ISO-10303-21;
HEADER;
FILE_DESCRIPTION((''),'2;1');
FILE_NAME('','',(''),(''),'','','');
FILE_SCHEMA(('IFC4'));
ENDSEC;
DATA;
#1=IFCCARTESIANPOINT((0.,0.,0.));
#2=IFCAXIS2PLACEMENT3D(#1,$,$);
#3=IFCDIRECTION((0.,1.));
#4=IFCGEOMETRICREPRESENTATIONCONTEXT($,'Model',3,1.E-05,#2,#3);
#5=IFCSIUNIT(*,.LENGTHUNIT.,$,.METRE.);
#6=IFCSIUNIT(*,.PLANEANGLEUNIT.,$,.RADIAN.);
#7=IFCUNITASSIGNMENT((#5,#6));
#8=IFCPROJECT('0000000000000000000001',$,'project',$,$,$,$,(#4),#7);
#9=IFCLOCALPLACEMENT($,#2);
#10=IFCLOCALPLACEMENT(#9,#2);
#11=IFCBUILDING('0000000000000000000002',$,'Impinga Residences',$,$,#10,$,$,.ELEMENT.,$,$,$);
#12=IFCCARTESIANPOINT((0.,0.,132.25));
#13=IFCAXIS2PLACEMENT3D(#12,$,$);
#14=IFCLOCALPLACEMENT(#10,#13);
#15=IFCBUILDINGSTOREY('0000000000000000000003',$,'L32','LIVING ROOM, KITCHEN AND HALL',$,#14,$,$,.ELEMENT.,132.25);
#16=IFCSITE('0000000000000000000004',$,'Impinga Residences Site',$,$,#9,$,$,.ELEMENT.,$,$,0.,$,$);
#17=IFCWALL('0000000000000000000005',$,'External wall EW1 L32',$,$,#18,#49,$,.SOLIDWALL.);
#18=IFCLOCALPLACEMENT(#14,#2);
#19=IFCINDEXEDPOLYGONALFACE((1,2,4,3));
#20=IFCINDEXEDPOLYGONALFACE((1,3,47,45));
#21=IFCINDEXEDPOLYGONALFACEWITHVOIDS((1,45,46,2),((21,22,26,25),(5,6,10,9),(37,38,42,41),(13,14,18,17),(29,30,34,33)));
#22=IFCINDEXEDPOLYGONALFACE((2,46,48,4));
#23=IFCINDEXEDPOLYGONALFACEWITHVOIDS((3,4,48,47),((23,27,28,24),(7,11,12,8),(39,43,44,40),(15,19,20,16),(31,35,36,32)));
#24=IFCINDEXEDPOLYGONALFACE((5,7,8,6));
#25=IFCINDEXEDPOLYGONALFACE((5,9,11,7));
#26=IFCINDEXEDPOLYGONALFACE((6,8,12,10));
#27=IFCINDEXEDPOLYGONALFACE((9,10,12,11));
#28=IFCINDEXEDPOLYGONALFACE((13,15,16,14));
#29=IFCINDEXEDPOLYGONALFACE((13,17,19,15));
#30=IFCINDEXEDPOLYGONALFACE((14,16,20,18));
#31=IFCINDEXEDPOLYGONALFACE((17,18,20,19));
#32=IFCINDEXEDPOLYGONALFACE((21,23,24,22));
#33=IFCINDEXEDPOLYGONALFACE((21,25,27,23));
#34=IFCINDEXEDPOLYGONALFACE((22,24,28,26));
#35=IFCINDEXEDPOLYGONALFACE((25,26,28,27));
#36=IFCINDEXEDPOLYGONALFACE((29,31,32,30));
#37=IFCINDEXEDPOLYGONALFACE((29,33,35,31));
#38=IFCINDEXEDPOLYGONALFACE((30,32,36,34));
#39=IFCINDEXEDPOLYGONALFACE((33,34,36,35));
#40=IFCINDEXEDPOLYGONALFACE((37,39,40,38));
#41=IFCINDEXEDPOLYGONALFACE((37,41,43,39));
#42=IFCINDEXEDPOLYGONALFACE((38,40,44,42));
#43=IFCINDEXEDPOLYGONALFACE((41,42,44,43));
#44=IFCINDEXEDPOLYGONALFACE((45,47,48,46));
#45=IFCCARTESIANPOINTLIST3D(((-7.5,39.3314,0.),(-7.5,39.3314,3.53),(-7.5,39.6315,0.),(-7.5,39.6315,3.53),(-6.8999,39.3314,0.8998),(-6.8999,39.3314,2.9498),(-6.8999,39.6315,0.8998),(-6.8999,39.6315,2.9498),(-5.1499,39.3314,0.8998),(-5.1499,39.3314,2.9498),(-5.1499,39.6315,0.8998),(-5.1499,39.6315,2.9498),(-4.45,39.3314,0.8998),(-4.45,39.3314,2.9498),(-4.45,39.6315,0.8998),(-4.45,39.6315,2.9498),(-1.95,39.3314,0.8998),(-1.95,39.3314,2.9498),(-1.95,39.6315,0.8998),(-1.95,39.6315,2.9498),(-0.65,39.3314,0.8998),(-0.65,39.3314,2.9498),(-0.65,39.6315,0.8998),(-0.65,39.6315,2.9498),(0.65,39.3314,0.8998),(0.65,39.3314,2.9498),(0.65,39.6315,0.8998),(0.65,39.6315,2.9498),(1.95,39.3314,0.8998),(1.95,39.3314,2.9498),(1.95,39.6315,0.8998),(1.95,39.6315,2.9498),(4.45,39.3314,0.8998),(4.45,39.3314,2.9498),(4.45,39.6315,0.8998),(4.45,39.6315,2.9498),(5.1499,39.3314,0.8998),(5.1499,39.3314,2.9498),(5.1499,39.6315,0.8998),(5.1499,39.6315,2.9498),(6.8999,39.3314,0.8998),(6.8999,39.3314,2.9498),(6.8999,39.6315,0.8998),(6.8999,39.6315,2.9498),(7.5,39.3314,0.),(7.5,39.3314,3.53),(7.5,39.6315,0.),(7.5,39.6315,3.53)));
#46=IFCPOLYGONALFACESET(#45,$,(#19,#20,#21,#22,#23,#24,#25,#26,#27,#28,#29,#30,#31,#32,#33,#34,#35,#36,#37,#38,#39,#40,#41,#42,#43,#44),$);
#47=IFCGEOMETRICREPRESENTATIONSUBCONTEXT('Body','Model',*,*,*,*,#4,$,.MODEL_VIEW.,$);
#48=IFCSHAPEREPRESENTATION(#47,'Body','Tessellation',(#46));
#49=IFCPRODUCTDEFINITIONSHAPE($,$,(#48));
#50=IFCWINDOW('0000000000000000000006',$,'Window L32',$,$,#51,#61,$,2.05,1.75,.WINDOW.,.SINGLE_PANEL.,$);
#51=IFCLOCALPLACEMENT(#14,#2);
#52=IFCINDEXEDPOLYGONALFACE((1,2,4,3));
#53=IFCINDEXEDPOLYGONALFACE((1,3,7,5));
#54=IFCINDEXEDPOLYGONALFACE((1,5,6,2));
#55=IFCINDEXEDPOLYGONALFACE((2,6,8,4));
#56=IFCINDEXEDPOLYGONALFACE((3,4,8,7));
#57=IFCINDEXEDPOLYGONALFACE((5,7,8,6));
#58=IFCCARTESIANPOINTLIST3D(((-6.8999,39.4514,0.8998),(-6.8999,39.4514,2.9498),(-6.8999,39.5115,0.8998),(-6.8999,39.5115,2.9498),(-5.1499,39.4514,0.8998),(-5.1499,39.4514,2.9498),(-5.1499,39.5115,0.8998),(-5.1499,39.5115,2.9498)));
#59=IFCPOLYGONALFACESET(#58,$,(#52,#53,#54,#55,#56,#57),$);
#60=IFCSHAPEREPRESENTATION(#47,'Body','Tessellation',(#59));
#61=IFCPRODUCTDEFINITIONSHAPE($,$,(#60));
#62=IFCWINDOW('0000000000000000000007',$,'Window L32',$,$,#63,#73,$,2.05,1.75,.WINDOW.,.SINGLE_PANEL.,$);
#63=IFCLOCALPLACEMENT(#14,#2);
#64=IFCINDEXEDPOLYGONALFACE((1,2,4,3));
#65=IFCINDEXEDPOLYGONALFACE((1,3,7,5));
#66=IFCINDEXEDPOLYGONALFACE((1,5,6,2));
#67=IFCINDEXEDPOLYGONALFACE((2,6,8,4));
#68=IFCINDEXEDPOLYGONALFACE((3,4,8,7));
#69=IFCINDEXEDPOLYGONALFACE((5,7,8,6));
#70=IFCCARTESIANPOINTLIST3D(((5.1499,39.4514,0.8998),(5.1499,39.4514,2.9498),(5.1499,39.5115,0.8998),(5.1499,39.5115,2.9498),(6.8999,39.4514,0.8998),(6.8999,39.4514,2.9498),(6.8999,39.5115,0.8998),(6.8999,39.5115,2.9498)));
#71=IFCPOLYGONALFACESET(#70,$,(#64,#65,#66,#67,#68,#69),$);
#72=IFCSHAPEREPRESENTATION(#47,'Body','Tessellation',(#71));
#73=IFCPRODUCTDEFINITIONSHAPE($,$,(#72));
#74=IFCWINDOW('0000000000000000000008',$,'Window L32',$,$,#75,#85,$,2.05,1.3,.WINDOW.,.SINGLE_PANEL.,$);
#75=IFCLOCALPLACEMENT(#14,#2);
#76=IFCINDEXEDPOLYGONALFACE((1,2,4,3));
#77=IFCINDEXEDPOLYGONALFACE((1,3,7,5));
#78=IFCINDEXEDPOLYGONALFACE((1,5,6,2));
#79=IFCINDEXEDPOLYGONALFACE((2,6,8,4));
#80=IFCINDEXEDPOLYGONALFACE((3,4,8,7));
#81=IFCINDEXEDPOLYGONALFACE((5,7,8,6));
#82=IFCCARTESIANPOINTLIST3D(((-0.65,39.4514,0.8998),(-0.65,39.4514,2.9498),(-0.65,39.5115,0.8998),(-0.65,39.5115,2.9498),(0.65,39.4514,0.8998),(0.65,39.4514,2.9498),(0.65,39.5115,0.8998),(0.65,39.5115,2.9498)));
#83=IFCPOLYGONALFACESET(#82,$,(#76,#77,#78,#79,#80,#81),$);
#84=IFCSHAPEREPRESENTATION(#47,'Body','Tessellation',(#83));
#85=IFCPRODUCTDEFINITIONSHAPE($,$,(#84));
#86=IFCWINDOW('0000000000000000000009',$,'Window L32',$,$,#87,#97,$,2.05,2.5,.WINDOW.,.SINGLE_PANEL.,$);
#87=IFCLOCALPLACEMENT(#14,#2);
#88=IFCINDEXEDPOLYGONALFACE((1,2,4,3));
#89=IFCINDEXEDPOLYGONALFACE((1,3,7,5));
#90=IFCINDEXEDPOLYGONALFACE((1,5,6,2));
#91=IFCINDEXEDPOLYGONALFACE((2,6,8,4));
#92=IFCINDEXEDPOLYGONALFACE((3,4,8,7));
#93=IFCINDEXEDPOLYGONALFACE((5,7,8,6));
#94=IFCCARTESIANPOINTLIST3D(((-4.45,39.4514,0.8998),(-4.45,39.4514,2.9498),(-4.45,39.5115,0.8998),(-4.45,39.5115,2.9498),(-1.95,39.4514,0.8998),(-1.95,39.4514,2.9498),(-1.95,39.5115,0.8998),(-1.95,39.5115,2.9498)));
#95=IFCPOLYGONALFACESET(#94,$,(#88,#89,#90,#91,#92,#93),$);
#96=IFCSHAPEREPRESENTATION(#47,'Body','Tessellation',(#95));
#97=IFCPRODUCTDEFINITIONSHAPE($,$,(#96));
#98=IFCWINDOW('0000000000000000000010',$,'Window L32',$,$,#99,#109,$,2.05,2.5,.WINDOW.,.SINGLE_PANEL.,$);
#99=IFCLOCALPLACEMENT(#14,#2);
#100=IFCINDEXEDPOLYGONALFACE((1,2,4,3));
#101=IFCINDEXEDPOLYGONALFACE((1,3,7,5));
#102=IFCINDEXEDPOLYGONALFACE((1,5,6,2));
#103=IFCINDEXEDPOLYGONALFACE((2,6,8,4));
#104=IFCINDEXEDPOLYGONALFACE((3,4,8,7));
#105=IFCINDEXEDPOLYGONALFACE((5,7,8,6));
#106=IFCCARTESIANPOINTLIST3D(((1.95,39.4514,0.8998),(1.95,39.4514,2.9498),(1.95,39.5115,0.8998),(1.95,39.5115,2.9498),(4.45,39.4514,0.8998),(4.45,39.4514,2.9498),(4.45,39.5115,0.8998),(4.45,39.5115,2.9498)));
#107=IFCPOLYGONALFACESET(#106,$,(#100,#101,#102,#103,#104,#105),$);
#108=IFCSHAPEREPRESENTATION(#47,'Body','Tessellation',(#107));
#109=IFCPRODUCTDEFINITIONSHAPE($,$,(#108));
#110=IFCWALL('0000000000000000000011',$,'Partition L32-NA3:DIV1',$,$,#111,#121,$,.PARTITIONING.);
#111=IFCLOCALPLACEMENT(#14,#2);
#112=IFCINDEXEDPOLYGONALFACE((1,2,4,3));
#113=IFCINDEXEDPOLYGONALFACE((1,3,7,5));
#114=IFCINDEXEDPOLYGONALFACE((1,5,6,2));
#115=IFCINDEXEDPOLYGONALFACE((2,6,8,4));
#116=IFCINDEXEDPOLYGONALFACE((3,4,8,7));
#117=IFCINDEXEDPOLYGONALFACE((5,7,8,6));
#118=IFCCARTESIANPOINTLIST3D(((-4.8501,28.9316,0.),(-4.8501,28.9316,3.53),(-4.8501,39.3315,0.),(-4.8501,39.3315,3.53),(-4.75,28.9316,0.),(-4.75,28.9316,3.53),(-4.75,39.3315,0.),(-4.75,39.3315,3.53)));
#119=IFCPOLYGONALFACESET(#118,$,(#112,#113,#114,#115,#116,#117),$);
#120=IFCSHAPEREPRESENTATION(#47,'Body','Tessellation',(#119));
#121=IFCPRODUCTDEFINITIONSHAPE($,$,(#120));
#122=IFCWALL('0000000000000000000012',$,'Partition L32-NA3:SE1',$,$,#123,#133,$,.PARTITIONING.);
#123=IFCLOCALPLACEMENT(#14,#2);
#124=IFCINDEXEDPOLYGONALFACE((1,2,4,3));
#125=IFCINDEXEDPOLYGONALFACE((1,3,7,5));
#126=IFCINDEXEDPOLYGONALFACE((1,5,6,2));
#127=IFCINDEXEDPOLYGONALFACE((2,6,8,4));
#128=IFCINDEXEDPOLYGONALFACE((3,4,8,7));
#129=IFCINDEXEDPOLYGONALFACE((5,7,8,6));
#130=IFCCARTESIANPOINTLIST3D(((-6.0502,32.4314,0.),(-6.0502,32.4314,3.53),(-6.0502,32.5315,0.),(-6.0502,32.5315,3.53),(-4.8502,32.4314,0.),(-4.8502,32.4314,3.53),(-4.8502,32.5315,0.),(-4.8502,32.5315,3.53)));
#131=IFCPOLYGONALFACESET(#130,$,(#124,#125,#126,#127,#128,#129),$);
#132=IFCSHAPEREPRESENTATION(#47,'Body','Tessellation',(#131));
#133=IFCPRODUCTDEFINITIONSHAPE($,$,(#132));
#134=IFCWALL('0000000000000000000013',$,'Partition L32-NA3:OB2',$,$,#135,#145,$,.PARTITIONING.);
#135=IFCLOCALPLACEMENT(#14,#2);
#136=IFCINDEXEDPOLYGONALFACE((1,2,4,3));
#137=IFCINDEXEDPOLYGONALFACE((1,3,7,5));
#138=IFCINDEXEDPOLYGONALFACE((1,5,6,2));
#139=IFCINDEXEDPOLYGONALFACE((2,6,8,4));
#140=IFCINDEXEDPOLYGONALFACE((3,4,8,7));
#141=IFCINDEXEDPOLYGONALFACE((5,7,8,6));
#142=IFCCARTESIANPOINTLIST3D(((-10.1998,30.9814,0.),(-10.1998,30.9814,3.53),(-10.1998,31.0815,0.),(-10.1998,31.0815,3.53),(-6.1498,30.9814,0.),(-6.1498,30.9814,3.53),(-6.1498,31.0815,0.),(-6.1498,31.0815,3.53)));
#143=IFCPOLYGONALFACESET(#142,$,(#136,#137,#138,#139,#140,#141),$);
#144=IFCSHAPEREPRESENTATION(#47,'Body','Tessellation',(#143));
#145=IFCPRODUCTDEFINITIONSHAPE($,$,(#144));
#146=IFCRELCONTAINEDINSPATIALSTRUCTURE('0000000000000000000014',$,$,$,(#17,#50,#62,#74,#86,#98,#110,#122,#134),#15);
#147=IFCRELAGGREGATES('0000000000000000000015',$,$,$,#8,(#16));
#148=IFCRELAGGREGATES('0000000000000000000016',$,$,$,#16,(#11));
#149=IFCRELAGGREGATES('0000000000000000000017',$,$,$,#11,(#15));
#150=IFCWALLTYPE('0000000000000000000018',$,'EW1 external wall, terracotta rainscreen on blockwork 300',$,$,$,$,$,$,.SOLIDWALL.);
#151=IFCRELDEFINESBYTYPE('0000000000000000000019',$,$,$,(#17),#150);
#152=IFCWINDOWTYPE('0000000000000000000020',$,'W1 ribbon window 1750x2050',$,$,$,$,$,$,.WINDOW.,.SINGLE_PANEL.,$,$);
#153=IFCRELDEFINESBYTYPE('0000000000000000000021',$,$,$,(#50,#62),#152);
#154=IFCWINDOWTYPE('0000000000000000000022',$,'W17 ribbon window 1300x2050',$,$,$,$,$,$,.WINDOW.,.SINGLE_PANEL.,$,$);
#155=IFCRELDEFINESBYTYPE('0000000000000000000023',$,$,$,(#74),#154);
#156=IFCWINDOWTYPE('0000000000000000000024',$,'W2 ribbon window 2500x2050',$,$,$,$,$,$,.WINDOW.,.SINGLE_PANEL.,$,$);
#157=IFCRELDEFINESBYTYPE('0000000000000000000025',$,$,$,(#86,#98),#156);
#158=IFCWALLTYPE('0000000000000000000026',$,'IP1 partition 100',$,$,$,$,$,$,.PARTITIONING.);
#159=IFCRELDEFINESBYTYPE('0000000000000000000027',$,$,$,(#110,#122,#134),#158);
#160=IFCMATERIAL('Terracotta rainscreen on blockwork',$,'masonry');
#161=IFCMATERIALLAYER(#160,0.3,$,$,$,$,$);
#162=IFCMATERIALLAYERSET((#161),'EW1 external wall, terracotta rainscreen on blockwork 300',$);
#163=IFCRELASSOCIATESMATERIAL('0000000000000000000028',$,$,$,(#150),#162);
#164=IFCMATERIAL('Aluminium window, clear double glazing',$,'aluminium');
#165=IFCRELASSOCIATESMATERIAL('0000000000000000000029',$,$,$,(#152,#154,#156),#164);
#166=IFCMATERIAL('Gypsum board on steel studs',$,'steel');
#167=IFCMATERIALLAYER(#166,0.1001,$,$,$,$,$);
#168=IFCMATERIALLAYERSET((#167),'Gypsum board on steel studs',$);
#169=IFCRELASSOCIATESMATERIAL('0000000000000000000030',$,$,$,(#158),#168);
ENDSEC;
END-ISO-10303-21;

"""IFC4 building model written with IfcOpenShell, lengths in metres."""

from ifc_helpers import new_model, si_unit, direction, frame, frame_2d, origin, place, context, subcontext, project, spatial, rectangle, extrude, material, layer, layer_set, type_object, element, fill, save


model = new_model("IFC4")

# Units and contexts
model_context = context("Model", 3, precision=1e-05, world=origin(), true_north=direction((0.0, 1.0)))
body_context = subcontext(model_context, "Body", "Model", "MODEL_VIEW")
ifc_project = project(units=[si_unit("LENGTHUNIT", "METRE"), si_unit("PLANEANGLEUNIT", "RADIAN")], contexts=[model_context])

# Site, building, storey
site_placement = place(None, origin())
site = spatial("IfcSite", under=ifc_project, at=site_placement, Name="Impinga Residences Site", CompositionType="ELEMENT", RefElevation=0.0)
building_placement = place(site_placement, origin())
building = spatial("IfcBuilding", under=site, at=building_placement, Name="Impinga Residences", CompositionType="ELEMENT")
storey_placement = place(building_placement, frame((0.0, 0.0, 132.25)))
storey = spatial("IfcBuildingStorey", under=building, at=storey_placement, Name="L32", Description="LIVING ROOM, KITCHEN AND HALL", CompositionType="ELEMENT", Elevation=132.25)

# Shared definitions
ifc_material_1 = material(Name="Terracotta rainscreen on blockwork", Category="masonry")
ifc_layer_1 = layer(ifc_material_1, 0.3)
ifc_layer_set_1 = layer_set([ifc_layer_1], Name="EW1 external wall, terracotta rainscreen on blockwork 300")
wall_type_1 = type_object("IfcWallType", Name="EW1 external wall, terracotta rainscreen on blockwork 300", PredefinedType="SOLIDWALL", material=ifc_layer_set_1)

# Wall, openings, windows
wall_1_placement = place(storey_placement, frame((-7.5, 39.4814, 0.0), z_axis=(0.0, 0.0, 1.0), x_axis=(1.0, 0.0, 0.0)))
wall_1 = element("IfcWall", 1, at=wall_1_placement, inside=storey, type_object=wall_type_1, Name="External wall EW1 L32", PredefinedType="SOLIDWALL", context=body_context, shape_type="SweptSolid", body=[
    extrude(rectangle(XDim=15.0, YDim=0.3, at=frame_2d((7.5, 0.0))), origin(), (0.0, 0.0, 1.0), 3.53),
])
opening_1_placement = place(wall_1_placement, frame((0.6001, 0.0, 0.8999)))
opening_1 = element("IfcOpeningElement", 2, at=opening_1_placement, cuts=wall_1, PredefinedType="OPENING", context=body_context, shape_type="SweptSolid", body=[
    extrude(rectangle(XDim=1.75, YDim=2.05, at=frame_2d((0.875, 1.0249))), frame((0.0, 0.1599, 0.0), z_axis=(0.0, -1.0, 0.0), x_axis=(1.0, 0.0, 0.0)), (0.0, 0.0, 1.0), 0.3201),
])
opening_2_placement = place(wall_1_placement, frame((3.05, 0.0, 0.8999)))
opening_2 = element("IfcOpeningElement", 3, at=opening_2_placement, cuts=wall_1, PredefinedType="OPENING", context=body_context, shape_type="SweptSolid", body=[
    extrude(rectangle(XDim=2.5, YDim=2.05, at=frame_2d((1.25, 1.0249))), frame((0.0, 0.1599, 0.0), z_axis=(0.0, -1.0, 0.0), x_axis=(1.0, 0.0, 0.0)), (0.0, 0.0, 1.0), 0.3201),
])
opening_3_placement = place(wall_1_placement, frame((6.8501, 0.0, 0.8999)))
opening_3 = element("IfcOpeningElement", 4, at=opening_3_placement, cuts=wall_1, PredefinedType="OPENING", context=body_context, shape_type="SweptSolid", body=[
    extrude(rectangle(XDim=1.3, YDim=2.05, at=frame_2d((0.6499, 1.0249))), frame((0.0, 0.1599, 0.0), z_axis=(0.0, -1.0, 0.0), x_axis=(1.0, 0.0, 0.0)), (0.0, 0.0, 1.0), 0.3201),
])
opening_4_placement = place(wall_1_placement, frame((9.45, 0.0, 0.8999)))
opening_4 = element("IfcOpeningElement", 5, at=opening_4_placement, cuts=wall_1, PredefinedType="OPENING", context=body_context, shape_type="SweptSolid", body=[
    extrude(rectangle(XDim=2.5, YDim=2.05, at=frame_2d((1.25, 1.0249))), frame((0.0, 0.1599, 0.0), z_axis=(0.0, -1.0, 0.0), x_axis=(1.0, 0.0, 0.0)), (0.0, 0.0, 1.0), 0.3201),
])
opening_5_placement = place(wall_1_placement, frame((12.6499, 0.0, 0.8999)))
opening_5 = element("IfcOpeningElement", 6, at=opening_5_placement, cuts=wall_1, PredefinedType="OPENING", context=body_context, shape_type="SweptSolid", body=[
    extrude(rectangle(XDim=1.75, YDim=2.05, at=frame_2d((0.875, 1.0249))), frame((0.0, 0.1599, 0.0), z_axis=(0.0, -1.0, 0.0), x_axis=(1.0, 0.0, 0.0)), (0.0, 0.0, 1.0), 0.3201),
])
ifc_material_2 = material(Name="Aluminium window, clear double glazing", Category="aluminium")
window_type_1 = type_object("IfcWindowType", Name="W1 ribbon window 1750x2050", PartitioningType="SINGLE_PANEL", PredefinedType="WINDOW", material=ifc_material_2)
window_1_placement = place(opening_1_placement, origin())
window_1 = element("IfcWindow", 7, at=window_1_placement, inside=storey, type_object=window_type_1, Name="Window L32", OverallHeight=2.05, OverallWidth=1.75, PartitioningType="SINGLE_PANEL", PredefinedType="WINDOW", context=body_context, shape_type="SweptSolid", body=[
    extrude(rectangle(XDim=1.75, YDim=2.05, at=frame_2d((0.875, 1.0249))), frame((0.0, 0.03, 0.0), z_axis=(0.0, -1.0, 0.0), x_axis=(1.0, 0.0, 0.0)), (0.0, 0.0, 1.0), 0.0601),
])
fill(opening_1, window_1)
window_2_placement = place(opening_5_placement, origin())
window_2 = element("IfcWindow", 8, at=window_2_placement, inside=storey, type_object=window_type_1, Name="Window L32", OverallHeight=2.05, OverallWidth=1.75, PartitioningType="SINGLE_PANEL", PredefinedType="WINDOW", context=body_context, shape_type="SweptSolid", body=[
    extrude(rectangle(XDim=1.75, YDim=2.05, at=frame_2d((0.875, 1.0249))), frame((0.0, 0.03, 0.0), z_axis=(0.0, -1.0, 0.0), x_axis=(1.0, 0.0, 0.0)), (0.0, 0.0, 1.0), 0.0601),
])
fill(opening_5, window_2)
window_type_2 = type_object("IfcWindowType", Name="W17 ribbon window 1300x2050", PartitioningType="SINGLE_PANEL", PredefinedType="WINDOW", material=ifc_material_2)
window_3_placement = place(opening_3_placement, origin())
window_3 = element("IfcWindow", 9, at=window_3_placement, inside=storey, type_object=window_type_2, Name="Window L32", OverallHeight=2.05, OverallWidth=1.3, PartitioningType="SINGLE_PANEL", PredefinedType="WINDOW", context=body_context, shape_type="SweptSolid", body=[
    extrude(rectangle(XDim=1.3, YDim=2.05, at=frame_2d((0.6499, 1.0249))), frame((0.0, 0.03, 0.0), z_axis=(0.0, -1.0, 0.0), x_axis=(1.0, 0.0, 0.0)), (0.0, 0.0, 1.0), 0.0601),
])
fill(opening_3, window_3)
window_type_3 = type_object("IfcWindowType", Name="W2 ribbon window 2500x2050", PartitioningType="SINGLE_PANEL", PredefinedType="WINDOW", material=ifc_material_2)
window_4_placement = place(opening_2_placement, origin())
window_4 = element("IfcWindow", 10, at=window_4_placement, inside=storey, type_object=window_type_3, Name="Window L32", OverallHeight=2.05, OverallWidth=2.5, PartitioningType="SINGLE_PANEL", PredefinedType="WINDOW", context=body_context, shape_type="SweptSolid", body=[
    extrude(rectangle(XDim=2.5, YDim=2.05, at=frame_2d((1.25, 1.0249))), frame((0.0, 0.03, 0.0), z_axis=(0.0, -1.0, 0.0), x_axis=(1.0, 0.0, 0.0)), (0.0, 0.0, 1.0), 0.0601),
])
fill(opening_2, window_4)
window_5_placement = place(opening_4_placement, origin())
window_5 = element("IfcWindow", 11, at=window_5_placement, inside=storey, type_object=window_type_3, Name="Window L32", OverallHeight=2.05, OverallWidth=2.5, PartitioningType="SINGLE_PANEL", PredefinedType="WINDOW", context=body_context, shape_type="SweptSolid", body=[
    extrude(rectangle(XDim=2.5, YDim=2.05, at=frame_2d((1.25, 1.0249))), frame((0.0, 0.03, 0.0), z_axis=(0.0, -1.0, 0.0), x_axis=(1.0, 0.0, 0.0)), (0.0, 0.0, 1.0), 0.0601),
])
fill(opening_4, window_5)

# Walls
ifc_material_3 = material(Name="Gypsum board on steel studs", Category="steel")
ifc_layer_2 = layer(ifc_material_3, 0.1001)
ifc_layer_set_2 = layer_set([ifc_layer_2], Name="Gypsum board on steel studs")
wall_type_2 = type_object("IfcWallType", Name="IP1 partition 100", PredefinedType="PARTITIONING", material=ifc_layer_set_2)
wall_2_placement = place(storey_placement, frame((-4.8, 28.9316, 0.0), z_axis=(0.0, 0.0, 1.0), x_axis=(0.0, 1.0, 0.0)))
element("IfcWall", 12, at=wall_2_placement, inside=storey, type_object=wall_type_2, Name="Partition L32-NA3:DIV1", PredefinedType="PARTITIONING", context=body_context, shape_type="SweptSolid", body=[
    extrude(rectangle(XDim=10.3999, YDim=0.1001, at=frame_2d((5.2, 0.0))), origin(), (0.0, 0.0, 1.0), 3.53),
])
wall_3_placement = place(storey_placement, frame((-4.8501, 32.4814, 0.0), z_axis=(0.0, 0.0, 1.0), x_axis=(-1.0, 0.0, 0.0)))
element("IfcWall", 13, at=wall_3_placement, inside=storey, type_object=wall_type_2, Name="Partition L32-NA3:SE1", PredefinedType="PARTITIONING", context=body_context, shape_type="SweptSolid", body=[
    extrude(rectangle(XDim=1.2, YDim=0.1001, at=frame_2d((0.6001, 0.0))), origin(), (0.0, 0.0, 1.0), 3.53),
])
wall_4_placement = place(storey_placement, frame((-6.1499, 31.0315, 0.0), z_axis=(0.0, 0.0, 1.0), x_axis=(-1.0, 0.0, 0.0)))
element("IfcWall", 14, at=wall_4_placement, inside=storey, type_object=wall_type_2, Name="Partition L32-NA3:OB2", PredefinedType="PARTITIONING", context=body_context, shape_type="SweptSolid", body=[
    extrude(rectangle(XDim=4.05, YDim=0.1001, at=frame_2d((2.0249, 0.0))), origin(), (0.0, 0.0, 1.0), 3.53),
])

save(model, "model.ifc")
